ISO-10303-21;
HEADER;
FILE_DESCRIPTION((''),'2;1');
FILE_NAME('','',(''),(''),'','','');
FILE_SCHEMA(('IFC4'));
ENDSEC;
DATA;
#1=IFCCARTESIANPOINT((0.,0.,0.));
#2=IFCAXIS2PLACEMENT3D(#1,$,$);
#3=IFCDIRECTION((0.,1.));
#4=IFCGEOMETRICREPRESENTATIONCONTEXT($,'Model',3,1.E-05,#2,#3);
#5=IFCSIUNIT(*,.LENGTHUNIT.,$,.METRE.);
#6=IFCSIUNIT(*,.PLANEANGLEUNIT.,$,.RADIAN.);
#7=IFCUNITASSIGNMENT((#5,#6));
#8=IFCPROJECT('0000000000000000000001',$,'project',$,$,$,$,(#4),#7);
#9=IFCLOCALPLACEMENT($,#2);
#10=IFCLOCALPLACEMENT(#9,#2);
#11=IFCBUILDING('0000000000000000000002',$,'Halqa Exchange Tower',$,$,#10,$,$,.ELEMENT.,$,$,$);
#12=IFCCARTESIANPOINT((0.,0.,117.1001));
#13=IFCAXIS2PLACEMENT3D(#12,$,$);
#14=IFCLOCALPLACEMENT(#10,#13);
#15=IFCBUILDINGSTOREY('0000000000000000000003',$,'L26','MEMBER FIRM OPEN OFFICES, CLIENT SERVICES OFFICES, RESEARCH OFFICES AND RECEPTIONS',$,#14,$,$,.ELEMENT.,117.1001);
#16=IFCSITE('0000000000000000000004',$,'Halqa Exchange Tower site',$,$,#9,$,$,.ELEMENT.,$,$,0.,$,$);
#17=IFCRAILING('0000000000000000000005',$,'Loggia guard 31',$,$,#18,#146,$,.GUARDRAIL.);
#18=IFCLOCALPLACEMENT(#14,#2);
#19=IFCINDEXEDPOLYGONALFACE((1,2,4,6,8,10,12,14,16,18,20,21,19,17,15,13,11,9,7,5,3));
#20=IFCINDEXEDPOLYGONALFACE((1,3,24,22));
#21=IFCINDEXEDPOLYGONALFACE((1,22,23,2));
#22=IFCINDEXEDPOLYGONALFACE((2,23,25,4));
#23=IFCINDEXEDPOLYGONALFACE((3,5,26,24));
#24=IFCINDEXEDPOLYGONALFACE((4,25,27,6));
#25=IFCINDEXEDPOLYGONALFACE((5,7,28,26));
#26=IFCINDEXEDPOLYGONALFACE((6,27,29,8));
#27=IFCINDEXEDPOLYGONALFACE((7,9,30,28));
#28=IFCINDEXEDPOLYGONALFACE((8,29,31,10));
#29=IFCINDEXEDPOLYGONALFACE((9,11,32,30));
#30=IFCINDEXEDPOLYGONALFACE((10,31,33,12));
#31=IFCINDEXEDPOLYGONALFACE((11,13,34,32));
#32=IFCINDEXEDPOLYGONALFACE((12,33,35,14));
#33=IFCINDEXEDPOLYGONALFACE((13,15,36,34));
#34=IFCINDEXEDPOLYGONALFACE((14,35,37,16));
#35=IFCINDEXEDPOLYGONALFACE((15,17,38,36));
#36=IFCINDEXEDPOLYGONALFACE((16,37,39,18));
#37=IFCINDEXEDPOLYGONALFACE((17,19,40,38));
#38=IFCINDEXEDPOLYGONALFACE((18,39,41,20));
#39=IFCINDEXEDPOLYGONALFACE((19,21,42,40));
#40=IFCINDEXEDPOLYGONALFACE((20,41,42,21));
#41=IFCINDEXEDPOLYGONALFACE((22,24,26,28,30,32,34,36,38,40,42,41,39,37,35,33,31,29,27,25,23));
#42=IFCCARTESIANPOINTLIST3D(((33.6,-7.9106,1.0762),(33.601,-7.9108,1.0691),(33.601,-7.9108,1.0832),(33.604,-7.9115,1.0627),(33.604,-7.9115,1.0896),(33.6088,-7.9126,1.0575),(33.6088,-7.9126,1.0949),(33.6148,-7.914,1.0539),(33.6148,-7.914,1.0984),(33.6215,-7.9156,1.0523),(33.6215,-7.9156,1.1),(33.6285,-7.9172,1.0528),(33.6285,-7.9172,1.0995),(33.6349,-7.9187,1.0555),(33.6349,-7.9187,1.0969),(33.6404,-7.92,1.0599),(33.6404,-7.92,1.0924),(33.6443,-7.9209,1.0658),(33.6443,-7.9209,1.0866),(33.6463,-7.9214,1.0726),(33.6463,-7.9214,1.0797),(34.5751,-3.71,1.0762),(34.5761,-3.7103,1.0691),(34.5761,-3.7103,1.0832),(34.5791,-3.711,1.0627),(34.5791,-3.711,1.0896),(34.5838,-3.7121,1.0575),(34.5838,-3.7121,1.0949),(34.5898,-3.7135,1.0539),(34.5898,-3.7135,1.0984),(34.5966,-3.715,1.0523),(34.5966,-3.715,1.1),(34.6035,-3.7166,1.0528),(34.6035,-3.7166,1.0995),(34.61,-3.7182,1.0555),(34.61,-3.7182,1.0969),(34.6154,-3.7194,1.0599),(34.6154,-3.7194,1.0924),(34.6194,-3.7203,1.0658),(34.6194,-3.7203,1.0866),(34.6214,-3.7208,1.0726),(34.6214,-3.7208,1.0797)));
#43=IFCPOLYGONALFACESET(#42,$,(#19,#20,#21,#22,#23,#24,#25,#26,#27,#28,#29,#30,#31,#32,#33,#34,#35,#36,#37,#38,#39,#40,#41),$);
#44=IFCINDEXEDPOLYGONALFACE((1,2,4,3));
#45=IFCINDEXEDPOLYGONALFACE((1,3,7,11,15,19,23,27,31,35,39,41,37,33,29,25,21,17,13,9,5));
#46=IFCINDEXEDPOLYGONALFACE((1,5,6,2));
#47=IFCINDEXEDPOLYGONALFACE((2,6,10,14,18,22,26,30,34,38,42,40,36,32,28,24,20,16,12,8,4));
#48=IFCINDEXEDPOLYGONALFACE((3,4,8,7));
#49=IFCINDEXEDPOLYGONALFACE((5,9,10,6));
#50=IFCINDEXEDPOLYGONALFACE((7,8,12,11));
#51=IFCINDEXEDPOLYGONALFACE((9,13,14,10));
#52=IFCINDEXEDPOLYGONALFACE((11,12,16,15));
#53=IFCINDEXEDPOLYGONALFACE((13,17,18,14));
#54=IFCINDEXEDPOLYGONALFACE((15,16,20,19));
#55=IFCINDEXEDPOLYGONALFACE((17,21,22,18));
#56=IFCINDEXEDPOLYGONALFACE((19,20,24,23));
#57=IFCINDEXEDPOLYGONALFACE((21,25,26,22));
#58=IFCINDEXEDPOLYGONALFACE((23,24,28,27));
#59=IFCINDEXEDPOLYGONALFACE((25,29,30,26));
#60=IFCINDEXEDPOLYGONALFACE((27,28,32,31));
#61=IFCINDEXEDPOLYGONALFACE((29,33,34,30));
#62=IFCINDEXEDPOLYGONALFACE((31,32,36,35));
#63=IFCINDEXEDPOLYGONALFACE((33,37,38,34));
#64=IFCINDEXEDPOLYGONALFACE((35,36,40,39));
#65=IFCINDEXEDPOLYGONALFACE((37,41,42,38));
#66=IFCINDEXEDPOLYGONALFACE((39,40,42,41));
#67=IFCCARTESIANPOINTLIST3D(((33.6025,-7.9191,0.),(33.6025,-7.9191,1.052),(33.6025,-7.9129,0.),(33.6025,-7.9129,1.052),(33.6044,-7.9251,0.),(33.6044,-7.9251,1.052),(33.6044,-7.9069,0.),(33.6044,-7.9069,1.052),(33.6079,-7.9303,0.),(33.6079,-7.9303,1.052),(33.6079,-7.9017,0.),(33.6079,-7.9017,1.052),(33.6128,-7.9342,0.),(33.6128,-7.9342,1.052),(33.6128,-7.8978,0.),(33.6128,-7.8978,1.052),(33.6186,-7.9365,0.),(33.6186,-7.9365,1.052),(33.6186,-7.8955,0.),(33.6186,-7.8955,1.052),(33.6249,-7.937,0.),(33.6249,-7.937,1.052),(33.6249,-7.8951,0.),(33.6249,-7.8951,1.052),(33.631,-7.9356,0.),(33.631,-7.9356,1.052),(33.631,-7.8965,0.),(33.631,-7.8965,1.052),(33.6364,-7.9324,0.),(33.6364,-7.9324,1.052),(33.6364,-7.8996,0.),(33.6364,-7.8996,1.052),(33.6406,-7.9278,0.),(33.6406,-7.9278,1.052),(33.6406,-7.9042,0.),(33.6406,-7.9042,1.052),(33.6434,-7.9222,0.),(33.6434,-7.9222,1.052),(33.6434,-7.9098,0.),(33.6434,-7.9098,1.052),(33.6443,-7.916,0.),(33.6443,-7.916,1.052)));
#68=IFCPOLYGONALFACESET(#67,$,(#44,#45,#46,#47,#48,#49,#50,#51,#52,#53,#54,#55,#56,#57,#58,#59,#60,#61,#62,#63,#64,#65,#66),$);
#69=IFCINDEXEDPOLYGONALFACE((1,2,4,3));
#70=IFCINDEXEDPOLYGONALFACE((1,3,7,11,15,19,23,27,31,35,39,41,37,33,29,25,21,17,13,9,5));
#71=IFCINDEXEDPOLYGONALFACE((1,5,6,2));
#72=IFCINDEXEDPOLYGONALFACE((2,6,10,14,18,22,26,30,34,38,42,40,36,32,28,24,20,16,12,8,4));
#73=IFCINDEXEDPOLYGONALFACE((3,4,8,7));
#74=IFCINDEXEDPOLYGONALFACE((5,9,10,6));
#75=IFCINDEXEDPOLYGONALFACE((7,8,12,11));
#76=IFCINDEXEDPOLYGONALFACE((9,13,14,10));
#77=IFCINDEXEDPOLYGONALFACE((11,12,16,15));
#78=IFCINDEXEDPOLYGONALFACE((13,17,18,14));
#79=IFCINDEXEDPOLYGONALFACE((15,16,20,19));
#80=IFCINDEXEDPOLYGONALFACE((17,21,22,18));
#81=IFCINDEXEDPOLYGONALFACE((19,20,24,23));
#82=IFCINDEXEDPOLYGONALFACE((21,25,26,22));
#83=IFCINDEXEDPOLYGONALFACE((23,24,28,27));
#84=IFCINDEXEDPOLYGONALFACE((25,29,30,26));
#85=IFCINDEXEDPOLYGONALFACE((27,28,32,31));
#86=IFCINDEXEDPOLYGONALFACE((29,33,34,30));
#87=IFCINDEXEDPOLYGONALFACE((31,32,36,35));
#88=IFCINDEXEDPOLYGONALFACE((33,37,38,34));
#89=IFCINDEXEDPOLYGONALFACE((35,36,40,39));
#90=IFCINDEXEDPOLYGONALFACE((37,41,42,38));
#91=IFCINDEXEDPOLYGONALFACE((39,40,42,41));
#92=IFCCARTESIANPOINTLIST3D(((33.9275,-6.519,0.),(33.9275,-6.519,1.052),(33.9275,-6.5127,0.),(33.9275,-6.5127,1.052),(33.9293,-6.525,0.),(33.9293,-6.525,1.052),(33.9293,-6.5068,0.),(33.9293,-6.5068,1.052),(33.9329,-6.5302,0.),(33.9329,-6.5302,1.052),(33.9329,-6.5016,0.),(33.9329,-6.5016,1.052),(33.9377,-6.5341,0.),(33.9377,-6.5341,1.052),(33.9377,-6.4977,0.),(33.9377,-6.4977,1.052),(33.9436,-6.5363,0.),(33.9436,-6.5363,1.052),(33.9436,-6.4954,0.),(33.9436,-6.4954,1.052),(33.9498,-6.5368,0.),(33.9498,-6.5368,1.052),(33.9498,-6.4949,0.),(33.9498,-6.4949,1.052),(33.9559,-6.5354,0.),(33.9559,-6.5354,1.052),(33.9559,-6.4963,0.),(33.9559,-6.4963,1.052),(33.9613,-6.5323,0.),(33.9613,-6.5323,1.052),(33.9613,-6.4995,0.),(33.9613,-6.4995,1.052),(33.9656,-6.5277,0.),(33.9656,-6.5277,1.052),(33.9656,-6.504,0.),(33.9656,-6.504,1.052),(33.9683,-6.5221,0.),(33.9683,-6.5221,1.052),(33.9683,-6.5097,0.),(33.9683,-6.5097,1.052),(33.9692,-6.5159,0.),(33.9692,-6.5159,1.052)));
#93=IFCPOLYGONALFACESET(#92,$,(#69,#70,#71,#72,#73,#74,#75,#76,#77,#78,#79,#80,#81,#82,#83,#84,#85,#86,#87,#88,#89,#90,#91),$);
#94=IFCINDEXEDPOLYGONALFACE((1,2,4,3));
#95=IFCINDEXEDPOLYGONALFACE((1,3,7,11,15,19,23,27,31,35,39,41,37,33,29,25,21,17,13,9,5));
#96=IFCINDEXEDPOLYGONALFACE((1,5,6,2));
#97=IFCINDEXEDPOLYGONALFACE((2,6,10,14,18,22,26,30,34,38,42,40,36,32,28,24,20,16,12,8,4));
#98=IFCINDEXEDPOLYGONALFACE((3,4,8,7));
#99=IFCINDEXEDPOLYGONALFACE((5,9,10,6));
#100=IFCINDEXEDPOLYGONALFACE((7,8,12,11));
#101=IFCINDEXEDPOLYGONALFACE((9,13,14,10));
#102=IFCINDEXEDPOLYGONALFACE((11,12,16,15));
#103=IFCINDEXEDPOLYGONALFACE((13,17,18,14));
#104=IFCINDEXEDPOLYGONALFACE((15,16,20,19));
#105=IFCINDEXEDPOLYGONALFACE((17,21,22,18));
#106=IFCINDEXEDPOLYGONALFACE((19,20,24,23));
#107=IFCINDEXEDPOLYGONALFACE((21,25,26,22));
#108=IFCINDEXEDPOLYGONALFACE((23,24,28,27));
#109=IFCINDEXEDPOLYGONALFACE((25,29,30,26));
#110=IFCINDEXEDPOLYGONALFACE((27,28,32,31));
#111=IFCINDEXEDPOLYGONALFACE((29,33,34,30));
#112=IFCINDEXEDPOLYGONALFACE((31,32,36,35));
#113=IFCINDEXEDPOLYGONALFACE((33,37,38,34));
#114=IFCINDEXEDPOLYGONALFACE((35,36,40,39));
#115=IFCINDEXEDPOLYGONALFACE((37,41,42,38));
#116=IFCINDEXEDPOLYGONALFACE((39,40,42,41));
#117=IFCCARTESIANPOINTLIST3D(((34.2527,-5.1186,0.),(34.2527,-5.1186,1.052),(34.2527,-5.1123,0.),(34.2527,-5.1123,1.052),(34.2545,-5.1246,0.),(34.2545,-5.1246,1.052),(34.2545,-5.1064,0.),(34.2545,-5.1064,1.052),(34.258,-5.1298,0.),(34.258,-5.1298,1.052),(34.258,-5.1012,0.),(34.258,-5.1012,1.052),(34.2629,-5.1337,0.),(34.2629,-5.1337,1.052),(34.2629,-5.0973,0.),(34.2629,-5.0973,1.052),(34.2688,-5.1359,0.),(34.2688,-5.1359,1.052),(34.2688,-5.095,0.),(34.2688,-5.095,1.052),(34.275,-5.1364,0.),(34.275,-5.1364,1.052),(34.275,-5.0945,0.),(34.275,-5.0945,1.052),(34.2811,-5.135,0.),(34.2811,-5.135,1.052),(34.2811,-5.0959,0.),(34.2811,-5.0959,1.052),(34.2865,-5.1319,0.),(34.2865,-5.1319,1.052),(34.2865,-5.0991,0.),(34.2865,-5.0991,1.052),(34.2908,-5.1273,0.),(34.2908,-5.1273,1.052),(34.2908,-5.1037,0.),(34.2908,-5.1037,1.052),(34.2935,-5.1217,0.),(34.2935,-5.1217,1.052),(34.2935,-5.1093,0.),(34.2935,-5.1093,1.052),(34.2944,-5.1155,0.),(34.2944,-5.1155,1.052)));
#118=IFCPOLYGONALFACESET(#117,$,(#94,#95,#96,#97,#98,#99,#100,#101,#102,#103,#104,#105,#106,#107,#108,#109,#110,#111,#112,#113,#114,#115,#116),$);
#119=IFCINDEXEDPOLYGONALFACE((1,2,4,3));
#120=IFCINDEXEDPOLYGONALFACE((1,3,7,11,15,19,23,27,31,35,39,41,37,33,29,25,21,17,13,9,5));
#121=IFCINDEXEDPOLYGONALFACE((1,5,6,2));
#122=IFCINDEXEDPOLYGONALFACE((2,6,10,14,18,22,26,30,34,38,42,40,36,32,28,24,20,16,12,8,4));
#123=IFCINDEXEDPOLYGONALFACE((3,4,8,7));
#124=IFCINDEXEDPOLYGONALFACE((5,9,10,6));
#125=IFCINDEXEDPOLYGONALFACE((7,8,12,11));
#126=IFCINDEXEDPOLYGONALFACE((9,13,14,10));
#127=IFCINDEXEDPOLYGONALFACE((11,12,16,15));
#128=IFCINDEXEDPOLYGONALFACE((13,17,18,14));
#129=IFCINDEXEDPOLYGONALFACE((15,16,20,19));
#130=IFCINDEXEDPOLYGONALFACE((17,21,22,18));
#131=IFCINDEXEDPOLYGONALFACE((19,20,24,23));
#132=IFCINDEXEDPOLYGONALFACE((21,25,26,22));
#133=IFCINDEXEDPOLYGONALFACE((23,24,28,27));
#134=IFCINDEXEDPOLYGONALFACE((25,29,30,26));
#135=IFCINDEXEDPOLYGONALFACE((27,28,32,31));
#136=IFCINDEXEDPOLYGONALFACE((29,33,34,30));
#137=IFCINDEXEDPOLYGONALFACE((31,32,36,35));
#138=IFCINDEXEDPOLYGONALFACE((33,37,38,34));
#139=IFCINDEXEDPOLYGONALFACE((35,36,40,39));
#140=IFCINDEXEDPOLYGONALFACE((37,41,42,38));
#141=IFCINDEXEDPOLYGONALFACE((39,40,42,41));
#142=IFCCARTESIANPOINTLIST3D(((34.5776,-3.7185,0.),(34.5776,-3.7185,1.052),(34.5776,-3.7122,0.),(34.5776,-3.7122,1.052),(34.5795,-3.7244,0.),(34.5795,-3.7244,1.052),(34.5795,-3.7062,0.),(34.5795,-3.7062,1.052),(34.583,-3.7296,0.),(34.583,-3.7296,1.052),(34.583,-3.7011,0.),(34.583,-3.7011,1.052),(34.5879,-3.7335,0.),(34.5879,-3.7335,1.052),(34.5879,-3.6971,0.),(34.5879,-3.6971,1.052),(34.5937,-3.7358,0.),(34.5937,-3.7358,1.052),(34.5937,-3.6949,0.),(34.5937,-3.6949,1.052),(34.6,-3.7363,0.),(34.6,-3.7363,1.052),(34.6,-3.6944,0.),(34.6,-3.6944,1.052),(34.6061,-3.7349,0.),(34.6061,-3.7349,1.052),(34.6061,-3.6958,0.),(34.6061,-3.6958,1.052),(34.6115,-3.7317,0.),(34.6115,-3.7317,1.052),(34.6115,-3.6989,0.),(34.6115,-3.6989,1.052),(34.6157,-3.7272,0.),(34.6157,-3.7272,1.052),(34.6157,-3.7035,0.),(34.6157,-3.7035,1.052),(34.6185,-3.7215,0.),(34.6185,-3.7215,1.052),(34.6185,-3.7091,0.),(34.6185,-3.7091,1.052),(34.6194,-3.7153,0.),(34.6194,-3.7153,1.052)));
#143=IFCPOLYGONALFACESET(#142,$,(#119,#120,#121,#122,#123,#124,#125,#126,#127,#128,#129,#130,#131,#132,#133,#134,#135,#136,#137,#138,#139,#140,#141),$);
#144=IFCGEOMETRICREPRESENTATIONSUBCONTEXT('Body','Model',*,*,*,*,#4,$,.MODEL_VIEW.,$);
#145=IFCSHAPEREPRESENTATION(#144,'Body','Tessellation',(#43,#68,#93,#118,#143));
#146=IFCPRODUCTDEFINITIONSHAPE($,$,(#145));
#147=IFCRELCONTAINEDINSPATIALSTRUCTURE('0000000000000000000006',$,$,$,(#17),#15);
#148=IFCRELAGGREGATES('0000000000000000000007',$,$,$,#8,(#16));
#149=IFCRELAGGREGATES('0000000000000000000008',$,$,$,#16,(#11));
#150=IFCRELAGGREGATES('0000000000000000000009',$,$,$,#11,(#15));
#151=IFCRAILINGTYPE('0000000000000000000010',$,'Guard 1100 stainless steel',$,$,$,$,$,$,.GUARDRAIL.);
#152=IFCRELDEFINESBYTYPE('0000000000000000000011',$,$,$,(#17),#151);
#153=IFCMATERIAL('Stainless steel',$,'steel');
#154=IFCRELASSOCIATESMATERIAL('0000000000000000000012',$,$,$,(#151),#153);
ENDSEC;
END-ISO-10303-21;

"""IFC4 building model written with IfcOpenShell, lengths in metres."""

from ifc_helpers import new_model, si_unit, direction, frame, origin, origin_2d, place, context, subcontext, project, spatial, circle, extrude, material, type_object, element, save


model = new_model("IFC4")

# Units and contexts
model_context = context("Model", 3, precision=1e-05, world=origin(), true_north=direction((0.0, 1.0)))
body_context = subcontext(model_context, "Body", "Model", "MODEL_VIEW")
ifc_project = project(units=[si_unit("LENGTHUNIT", "METRE"), si_unit("PLANEANGLEUNIT", "RADIAN")], contexts=[model_context])

# Site, building, storey
site_placement = place(None, origin())
site = spatial("IfcSite", under=ifc_project, at=site_placement, Name="Halqa Exchange Tower site", CompositionType="ELEMENT", RefElevation=0.0)
building_placement = place(site_placement, origin())
building = spatial("IfcBuilding", under=site, at=building_placement, Name="Halqa Exchange Tower", CompositionType="ELEMENT")
storey_placement = place(building_placement, frame((0.0, 0.0, 117.1001)))
storey = spatial("IfcBuildingStorey", under=building, at=storey_placement, Name="L26", Description="MEMBER FIRM OPEN OFFICES, CLIENT SERVICES OFFICES, RESEARCH OFFICES AND RECEPTIONS", CompositionType="ELEMENT", Elevation=117.1001)

# Railing
ifc_material_1 = material(Name="Stainless steel", Category="steel")
railing_type = type_object("IfcRailingType", Name="Guard 1100 stainless steel", PredefinedType="GUARDRAIL", material=ifc_material_1)
railing_1_placement = place(storey_placement, frame((33.6233, -7.916, 0.0)))
element("IfcRailing", 1, at=railing_1_placement, inside=storey, type_object=railing_type, Name="Loggia guard 31", PredefinedType="GUARDRAIL", context=body_context, shape_type="SweptSolid", body=[
    extrude(circle(Radius=0.0239, at=origin_2d()), frame((0.0, 0.0, 1.0762), z_axis=(0.226116, 0.9741, 0.0), x_axis=(-0.9741, 0.226116, 0.0)), (0.0, 0.0, 1.0), 4.3123),
    extrude(circle(Radius=0.021, at=origin_2d()), origin(), (0.0, 0.0, 1.0), 1.052),
    extrude(circle(Radius=0.021, at=origin_2d()), frame((0.325, 1.4001, 0.0)), (0.0, 0.0, 1.0), 1.052),
    extrude(circle(Radius=0.021, at=origin_2d()), frame((0.6501, 2.8005, 0.0)), (0.0, 0.0, 1.0), 1.052),
    extrude(circle(Radius=0.021, at=origin_2d()), frame((0.9751, 4.2007, 0.0)), (0.0, 0.0, 1.0), 1.052),
])

save(model, "model.ifc")
